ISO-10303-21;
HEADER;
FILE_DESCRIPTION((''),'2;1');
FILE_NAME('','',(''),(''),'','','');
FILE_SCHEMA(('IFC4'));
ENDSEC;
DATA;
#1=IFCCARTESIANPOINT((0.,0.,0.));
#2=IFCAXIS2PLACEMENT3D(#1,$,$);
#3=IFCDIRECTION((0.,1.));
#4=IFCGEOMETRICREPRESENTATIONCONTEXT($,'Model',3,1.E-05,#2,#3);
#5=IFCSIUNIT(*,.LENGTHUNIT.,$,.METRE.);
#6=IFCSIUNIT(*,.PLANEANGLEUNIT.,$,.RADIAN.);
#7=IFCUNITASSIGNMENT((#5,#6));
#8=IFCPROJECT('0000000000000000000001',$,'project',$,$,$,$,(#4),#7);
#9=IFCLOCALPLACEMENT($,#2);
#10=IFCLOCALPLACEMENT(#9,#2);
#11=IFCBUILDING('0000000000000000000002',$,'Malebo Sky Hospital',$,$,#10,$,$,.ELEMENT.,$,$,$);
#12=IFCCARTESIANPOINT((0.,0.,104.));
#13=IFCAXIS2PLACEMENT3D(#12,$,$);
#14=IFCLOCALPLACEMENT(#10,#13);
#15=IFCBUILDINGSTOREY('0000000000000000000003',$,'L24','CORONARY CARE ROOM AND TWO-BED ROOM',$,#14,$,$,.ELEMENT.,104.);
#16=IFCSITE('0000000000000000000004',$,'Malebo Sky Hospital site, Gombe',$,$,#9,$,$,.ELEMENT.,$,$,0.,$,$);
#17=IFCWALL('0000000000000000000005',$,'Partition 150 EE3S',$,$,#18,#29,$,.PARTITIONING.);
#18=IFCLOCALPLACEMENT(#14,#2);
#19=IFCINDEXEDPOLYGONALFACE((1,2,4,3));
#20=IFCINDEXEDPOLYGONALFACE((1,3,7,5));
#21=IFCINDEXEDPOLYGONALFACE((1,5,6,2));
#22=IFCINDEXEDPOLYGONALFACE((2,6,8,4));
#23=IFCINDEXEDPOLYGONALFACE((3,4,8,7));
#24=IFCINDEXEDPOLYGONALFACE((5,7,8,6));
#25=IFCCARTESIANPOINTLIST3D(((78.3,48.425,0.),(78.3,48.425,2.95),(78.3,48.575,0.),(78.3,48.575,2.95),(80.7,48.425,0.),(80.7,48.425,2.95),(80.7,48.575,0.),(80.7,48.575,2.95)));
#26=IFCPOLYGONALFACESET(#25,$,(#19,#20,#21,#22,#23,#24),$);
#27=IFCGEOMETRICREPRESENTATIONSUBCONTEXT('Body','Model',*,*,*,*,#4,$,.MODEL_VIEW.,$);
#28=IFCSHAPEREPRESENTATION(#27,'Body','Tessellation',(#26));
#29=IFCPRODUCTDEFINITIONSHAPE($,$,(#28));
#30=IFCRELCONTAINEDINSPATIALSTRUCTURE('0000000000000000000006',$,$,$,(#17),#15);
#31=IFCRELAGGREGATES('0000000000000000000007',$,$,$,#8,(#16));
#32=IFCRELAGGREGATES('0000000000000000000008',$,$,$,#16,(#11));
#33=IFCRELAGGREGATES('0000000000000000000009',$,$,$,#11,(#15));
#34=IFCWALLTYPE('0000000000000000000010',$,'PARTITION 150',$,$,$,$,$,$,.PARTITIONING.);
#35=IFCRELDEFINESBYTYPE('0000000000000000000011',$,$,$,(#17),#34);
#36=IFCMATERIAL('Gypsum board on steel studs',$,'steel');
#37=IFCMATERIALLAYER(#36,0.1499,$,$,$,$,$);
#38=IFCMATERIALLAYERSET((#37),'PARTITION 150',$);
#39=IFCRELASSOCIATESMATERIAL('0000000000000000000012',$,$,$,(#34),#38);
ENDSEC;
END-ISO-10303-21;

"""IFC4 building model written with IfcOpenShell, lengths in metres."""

from ifc_helpers import new_model, si_unit, direction, frame, frame_2d, origin, place, context, subcontext, project, spatial, rectangle, extrude, material, layer, layer_set, type_object, element, save


model = new_model("IFC4")

# Units and contexts
model_context = context("Model", 3, precision=1e-05, world=origin(), true_north=direction((0.0, 1.0)))
body_context = subcontext(model_context, "Body", "Model", "MODEL_VIEW")
ifc_project = project(units=[si_unit("LENGTHUNIT", "METRE"), si_unit("PLANEANGLEUNIT", "RADIAN")], contexts=[model_context])

# Site, building, storey
site_placement = place(None, origin())
site = spatial("IfcSite", under=ifc_project, at=site_placement, Name="Malebo Sky Hospital site, Gombe", CompositionType="ELEMENT", RefElevation=0.0)
building_placement = place(site_placement, origin())
building = spatial("IfcBuilding", under=site, at=building_placement, Name="Malebo Sky Hospital", CompositionType="ELEMENT")
storey_placement = place(building_placement, frame((0.0, 0.0, 104.0)))
storey = spatial("IfcBuildingStorey", under=building, at=storey_placement, Name="L24", Description="CORONARY CARE ROOM AND TWO-BED ROOM", CompositionType="ELEMENT", Elevation=104.0)

# Shared definitions
ifc_material_1 = material(Name="Gypsum board on steel studs", Category="steel")
ifc_layer_1 = layer(ifc_material_1, 0.1499)
ifc_layer_set_1 = layer_set([ifc_layer_1], Name="PARTITION 150")
wall_type = type_object("IfcWallType", Name="PARTITION 150", PredefinedType="PARTITIONING", material=ifc_layer_set_1)

# Wall
wall_1_placement = place(storey_placement, frame((78.3, 48.5, 0.0), z_axis=(0.0, 0.0, 1.0), x_axis=(1.0, 0.0, 0.0)))
element("IfcWall", 1, at=wall_1_placement, inside=storey, type_object=wall_type, Name="Partition 150 EE3S", PredefinedType="PARTITIONING", context=body_context, shape_type="SweptSolid", body=[
    extrude(rectangle(XDim=2.3999, YDim=0.1499, at=frame_2d((1.2, 0.0))), origin(), (0.0, 0.0, 1.0), 2.95),
])

save(model, "model.ifc")
